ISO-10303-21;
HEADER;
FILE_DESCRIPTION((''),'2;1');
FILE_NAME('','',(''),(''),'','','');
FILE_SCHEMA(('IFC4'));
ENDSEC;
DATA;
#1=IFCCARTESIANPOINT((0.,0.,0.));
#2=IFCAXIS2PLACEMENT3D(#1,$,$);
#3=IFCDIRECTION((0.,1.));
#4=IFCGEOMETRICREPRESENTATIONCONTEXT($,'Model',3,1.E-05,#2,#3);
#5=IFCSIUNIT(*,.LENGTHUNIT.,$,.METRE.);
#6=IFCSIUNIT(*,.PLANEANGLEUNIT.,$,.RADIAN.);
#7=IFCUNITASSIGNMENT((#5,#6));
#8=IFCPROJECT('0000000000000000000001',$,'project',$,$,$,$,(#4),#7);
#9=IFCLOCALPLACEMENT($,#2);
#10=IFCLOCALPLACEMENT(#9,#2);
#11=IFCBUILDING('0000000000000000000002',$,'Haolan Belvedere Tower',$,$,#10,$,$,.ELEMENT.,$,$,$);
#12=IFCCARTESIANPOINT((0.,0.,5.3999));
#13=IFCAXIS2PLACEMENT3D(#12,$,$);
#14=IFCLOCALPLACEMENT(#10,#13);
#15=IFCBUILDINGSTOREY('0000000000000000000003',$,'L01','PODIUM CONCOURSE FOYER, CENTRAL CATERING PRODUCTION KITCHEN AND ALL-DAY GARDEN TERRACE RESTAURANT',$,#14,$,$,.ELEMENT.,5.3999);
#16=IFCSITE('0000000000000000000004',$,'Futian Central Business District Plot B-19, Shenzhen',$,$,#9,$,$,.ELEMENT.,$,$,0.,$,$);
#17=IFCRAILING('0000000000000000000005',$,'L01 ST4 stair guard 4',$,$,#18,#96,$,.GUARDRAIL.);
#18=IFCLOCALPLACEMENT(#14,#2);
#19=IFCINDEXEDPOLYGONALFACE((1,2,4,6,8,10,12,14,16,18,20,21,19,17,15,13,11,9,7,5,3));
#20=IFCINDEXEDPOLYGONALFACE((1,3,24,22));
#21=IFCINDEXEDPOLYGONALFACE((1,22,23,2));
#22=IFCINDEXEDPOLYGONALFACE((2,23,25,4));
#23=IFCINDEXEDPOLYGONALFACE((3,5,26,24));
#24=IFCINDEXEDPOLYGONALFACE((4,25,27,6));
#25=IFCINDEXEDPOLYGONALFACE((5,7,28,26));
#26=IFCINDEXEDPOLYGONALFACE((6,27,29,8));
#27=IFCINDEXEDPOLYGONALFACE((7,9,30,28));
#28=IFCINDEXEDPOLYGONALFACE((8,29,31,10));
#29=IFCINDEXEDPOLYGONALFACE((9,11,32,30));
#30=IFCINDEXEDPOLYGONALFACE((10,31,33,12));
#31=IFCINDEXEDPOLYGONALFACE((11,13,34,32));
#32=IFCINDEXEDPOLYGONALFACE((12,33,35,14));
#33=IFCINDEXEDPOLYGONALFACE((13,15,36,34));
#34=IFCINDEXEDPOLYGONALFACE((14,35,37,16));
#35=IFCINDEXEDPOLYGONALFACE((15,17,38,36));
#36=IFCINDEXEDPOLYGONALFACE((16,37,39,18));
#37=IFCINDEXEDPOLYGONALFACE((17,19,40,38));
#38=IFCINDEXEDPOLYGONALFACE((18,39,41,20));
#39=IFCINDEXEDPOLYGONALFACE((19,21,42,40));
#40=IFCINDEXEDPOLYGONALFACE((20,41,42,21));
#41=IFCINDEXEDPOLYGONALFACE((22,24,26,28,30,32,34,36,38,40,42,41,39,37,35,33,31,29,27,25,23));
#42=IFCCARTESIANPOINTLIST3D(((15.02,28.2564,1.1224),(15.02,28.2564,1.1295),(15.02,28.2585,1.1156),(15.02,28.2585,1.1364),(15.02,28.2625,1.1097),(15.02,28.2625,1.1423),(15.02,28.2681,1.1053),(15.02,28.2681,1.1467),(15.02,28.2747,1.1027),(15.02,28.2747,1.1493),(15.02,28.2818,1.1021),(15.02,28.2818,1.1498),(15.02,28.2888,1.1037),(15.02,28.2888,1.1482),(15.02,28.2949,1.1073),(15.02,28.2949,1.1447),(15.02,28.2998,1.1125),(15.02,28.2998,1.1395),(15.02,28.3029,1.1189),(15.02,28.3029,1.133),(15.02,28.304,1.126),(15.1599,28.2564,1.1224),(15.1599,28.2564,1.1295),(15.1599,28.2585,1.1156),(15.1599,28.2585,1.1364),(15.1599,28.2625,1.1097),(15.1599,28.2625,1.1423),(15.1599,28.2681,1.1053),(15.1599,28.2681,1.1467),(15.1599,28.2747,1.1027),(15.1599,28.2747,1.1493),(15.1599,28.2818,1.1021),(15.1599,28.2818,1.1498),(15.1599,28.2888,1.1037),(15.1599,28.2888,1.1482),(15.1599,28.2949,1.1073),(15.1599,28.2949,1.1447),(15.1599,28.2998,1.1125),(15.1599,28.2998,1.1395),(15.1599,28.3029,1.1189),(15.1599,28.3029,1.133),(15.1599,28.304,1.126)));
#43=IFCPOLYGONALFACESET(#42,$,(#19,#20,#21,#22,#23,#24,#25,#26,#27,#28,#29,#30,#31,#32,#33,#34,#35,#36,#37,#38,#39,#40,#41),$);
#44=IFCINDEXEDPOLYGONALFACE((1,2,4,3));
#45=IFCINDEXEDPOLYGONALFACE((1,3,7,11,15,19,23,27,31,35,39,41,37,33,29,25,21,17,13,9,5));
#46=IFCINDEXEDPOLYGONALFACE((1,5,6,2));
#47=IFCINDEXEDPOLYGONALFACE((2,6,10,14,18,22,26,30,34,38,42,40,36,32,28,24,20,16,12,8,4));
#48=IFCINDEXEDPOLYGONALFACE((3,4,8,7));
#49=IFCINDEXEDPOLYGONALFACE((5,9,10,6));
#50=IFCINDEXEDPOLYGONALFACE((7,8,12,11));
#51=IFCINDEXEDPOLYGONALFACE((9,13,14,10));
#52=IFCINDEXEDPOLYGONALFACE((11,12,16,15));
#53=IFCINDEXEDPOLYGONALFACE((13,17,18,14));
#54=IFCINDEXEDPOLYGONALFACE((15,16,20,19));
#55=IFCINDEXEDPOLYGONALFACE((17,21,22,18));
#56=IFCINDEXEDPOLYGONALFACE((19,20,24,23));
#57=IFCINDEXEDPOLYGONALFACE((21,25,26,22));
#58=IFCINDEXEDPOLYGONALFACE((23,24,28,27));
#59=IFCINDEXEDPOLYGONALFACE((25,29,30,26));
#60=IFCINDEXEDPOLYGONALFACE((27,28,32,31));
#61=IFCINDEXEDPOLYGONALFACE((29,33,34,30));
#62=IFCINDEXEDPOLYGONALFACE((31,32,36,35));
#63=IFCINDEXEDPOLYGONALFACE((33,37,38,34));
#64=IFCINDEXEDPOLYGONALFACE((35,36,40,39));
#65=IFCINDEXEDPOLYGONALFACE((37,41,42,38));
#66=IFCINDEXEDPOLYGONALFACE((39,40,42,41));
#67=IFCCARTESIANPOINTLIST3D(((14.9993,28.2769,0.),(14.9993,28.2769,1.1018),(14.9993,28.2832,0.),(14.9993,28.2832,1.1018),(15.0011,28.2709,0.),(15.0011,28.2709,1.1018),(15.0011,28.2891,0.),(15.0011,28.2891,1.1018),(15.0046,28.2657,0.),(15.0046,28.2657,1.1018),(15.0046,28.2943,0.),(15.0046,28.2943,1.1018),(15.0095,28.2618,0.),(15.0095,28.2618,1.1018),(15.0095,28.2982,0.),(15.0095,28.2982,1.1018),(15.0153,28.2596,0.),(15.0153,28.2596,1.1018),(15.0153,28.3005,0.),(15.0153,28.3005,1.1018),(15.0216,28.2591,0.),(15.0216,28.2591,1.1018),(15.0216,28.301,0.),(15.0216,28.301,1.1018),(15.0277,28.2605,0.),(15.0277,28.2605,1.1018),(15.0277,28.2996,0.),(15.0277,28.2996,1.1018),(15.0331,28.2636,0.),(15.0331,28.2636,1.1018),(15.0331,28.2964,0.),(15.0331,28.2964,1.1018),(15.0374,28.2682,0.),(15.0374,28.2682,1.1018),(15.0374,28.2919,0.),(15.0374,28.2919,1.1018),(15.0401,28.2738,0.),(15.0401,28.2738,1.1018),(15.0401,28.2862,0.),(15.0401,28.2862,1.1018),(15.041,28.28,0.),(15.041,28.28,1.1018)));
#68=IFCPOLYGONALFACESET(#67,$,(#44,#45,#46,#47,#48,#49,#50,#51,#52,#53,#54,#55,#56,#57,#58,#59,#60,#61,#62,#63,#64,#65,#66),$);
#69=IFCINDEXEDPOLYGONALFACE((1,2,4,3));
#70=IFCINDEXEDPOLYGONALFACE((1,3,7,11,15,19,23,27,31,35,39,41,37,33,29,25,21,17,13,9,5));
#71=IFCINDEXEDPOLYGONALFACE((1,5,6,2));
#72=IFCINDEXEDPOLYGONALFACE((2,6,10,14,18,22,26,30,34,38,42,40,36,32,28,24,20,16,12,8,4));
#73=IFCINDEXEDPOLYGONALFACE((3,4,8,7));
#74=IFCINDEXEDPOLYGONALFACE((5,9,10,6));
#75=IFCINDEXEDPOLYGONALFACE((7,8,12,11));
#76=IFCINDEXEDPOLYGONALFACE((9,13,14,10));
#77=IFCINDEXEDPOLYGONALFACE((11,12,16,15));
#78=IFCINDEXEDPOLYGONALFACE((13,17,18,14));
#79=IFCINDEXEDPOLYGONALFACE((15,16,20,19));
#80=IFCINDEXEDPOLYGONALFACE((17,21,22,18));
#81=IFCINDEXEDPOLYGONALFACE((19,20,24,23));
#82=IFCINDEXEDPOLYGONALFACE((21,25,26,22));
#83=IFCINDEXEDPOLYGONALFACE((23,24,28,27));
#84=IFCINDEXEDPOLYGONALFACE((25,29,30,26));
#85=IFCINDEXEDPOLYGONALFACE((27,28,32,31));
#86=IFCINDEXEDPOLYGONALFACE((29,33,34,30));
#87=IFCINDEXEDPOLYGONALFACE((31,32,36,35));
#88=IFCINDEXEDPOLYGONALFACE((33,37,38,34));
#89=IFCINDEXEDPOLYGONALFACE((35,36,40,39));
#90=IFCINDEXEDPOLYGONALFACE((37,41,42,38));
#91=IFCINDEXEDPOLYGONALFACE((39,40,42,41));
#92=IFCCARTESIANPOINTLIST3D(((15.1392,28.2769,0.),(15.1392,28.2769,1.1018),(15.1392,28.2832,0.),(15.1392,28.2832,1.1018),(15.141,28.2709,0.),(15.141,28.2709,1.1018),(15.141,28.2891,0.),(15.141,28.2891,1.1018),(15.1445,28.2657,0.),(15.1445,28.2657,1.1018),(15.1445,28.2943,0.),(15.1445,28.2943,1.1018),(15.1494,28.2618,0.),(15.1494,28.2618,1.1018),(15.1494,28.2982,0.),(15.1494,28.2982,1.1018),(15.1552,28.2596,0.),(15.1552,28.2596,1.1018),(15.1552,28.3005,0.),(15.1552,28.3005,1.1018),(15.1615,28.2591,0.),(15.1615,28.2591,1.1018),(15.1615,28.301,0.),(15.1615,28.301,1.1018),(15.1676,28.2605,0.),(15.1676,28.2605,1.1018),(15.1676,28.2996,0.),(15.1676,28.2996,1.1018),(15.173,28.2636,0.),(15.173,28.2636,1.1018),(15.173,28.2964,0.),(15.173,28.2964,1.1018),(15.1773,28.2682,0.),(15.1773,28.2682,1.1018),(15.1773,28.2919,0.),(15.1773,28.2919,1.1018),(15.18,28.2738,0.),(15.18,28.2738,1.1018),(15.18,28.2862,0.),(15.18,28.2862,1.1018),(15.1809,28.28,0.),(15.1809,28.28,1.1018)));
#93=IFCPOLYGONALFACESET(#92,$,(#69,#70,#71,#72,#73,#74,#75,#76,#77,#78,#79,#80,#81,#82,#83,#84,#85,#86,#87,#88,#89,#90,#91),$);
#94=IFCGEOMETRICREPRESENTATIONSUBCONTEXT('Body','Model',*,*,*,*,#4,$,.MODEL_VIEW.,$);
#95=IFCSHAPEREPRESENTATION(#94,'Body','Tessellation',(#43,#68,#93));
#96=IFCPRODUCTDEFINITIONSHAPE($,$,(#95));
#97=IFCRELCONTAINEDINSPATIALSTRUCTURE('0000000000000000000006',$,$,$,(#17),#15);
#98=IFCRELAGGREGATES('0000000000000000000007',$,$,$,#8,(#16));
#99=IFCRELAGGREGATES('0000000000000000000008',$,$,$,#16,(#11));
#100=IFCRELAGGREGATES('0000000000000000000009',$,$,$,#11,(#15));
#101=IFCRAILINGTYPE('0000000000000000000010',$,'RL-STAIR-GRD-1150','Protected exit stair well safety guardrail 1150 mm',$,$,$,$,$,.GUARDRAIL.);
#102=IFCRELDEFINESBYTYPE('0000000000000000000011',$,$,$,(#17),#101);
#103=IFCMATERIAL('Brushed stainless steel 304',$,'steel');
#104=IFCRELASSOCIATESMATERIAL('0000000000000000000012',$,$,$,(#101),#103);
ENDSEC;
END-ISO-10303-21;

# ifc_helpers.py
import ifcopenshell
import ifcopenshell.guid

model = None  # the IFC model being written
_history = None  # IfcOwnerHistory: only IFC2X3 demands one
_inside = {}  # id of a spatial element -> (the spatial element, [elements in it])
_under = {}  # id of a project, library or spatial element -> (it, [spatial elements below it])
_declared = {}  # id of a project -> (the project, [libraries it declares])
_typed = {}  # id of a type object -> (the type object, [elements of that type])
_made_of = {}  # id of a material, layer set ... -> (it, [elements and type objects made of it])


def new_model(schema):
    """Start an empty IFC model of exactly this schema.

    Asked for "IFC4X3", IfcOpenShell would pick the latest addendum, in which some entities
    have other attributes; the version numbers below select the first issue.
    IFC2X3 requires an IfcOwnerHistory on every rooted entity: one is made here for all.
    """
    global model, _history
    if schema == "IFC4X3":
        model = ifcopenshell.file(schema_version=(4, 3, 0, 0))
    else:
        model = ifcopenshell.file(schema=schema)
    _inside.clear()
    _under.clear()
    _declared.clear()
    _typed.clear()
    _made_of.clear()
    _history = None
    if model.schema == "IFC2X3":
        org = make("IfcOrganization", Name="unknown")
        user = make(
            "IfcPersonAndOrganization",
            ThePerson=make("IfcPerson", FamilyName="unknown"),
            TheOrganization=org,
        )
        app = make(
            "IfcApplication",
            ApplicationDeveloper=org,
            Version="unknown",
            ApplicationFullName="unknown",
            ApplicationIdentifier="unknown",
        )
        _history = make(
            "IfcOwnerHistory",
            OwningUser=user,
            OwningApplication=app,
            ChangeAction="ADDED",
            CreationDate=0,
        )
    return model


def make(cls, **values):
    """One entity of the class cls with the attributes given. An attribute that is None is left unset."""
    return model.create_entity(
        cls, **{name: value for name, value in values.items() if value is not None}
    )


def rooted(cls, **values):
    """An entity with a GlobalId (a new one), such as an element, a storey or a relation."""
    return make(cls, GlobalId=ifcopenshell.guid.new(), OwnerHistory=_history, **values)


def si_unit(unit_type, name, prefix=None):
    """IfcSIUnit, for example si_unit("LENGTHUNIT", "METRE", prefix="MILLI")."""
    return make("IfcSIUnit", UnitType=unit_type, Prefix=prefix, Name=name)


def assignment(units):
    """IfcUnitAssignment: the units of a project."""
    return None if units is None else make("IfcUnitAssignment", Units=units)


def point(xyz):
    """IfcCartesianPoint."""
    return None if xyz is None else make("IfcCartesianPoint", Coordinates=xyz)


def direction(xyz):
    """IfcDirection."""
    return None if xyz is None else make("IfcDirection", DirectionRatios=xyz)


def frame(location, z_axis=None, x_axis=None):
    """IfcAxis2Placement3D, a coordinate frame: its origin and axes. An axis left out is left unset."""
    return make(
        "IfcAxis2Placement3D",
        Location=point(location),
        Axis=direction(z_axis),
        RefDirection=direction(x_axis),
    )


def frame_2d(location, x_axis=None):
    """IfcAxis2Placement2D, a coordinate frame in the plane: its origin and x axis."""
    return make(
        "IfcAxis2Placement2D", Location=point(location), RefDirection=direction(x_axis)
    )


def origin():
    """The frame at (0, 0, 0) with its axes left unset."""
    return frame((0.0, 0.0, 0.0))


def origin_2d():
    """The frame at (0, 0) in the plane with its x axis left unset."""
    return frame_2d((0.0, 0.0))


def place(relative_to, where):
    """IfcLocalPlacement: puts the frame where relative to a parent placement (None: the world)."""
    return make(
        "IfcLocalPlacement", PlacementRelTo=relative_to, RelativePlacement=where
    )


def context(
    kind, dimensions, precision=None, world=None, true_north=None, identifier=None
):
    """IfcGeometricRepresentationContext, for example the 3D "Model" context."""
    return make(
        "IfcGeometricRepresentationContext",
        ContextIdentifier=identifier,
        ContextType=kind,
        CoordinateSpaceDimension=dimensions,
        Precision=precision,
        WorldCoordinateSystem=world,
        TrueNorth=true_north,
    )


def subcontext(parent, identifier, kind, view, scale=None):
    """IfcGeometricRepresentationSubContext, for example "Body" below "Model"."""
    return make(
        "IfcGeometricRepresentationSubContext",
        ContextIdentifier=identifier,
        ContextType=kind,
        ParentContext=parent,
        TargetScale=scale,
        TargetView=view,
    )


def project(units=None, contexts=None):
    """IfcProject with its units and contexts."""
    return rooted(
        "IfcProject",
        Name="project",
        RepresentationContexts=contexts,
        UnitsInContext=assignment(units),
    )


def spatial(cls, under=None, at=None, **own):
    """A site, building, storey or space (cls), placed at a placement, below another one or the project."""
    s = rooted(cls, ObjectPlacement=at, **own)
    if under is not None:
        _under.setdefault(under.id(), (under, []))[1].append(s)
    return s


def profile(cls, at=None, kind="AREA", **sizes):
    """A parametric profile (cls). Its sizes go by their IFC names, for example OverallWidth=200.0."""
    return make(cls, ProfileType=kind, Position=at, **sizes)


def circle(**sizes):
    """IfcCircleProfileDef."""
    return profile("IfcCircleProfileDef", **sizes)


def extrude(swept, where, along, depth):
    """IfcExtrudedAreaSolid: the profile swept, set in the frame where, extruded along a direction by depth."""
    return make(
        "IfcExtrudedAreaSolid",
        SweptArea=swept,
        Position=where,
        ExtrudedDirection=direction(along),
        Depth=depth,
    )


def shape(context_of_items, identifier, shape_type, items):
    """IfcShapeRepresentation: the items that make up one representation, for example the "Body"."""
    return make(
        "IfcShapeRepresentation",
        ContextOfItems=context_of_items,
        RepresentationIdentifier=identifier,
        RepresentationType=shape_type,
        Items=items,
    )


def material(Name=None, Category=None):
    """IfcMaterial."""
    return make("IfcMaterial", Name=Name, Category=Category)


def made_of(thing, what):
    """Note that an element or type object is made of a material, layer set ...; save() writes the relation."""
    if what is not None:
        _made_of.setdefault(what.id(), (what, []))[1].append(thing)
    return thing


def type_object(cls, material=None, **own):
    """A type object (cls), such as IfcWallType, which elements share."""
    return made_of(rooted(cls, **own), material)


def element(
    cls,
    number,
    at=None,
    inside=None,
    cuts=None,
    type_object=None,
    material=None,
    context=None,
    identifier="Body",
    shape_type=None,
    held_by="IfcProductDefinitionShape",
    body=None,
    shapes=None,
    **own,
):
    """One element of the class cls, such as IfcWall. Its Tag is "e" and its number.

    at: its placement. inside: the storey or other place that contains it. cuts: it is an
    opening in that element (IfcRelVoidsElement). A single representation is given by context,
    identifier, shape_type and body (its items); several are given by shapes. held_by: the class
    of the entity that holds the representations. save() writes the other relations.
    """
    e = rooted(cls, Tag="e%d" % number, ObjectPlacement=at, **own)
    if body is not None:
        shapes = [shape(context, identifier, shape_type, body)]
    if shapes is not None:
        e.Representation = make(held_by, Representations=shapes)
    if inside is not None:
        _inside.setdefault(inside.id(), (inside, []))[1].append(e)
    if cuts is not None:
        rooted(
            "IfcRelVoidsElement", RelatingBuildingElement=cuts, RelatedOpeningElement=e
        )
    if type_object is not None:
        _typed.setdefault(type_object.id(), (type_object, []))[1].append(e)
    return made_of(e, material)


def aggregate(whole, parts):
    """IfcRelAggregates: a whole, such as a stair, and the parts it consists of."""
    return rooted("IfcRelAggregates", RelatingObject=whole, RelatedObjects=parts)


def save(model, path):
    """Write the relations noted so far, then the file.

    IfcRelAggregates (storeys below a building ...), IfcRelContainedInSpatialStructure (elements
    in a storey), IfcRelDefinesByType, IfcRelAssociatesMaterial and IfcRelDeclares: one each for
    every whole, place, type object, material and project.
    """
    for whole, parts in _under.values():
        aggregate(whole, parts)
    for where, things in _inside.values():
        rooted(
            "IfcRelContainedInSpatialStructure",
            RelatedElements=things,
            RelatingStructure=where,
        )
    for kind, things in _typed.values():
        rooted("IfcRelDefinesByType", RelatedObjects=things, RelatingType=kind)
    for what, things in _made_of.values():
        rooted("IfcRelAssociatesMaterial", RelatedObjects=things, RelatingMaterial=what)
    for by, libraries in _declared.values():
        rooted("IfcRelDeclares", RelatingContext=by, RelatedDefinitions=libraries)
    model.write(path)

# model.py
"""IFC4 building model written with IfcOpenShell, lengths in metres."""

from ifc_helpers import new_model, si_unit, direction, frame, origin, origin_2d, place, context, subcontext, project, spatial, circle, extrude, material, type_object, element, save


model = new_model("IFC4")

# Units and contexts
model_context = context("Model", 3, precision=1e-05, world=origin(), true_north=direction((0.0, 1.0)))
body_context = subcontext(model_context, "Body", "Model", "MODEL_VIEW")
ifc_project = project(units=[si_unit("LENGTHUNIT", "METRE"), si_unit("PLANEANGLEUNIT", "RADIAN")], contexts=[model_context])

# Site, building, storey
site_placement = place(None, origin())
site = spatial("IfcSite", under=ifc_project, at=site_placement, Name="Futian Central Business District Plot B-19, Shenzhen", CompositionType="ELEMENT", RefElevation=0.0)
building_placement = place(site_placement, origin())
building = spatial("IfcBuilding", under=site, at=building_placement, Name="Haolan Belvedere Tower", CompositionType="ELEMENT")
storey_placement = place(building_placement, frame((0.0, 0.0, 5.3999)))
storey = spatial("IfcBuildingStorey", under=building, at=storey_placement, Name="L01", Description="PODIUM CONCOURSE FOYER, CENTRAL CATERING PRODUCTION KITCHEN AND ALL-DAY GARDEN TERRACE RESTAURANT", CompositionType="ELEMENT", Elevation=5.3999)

# Railing
ifc_material_1 = material(Name="Brushed stainless steel 304", Category="steel")
railing_type_1 = type_object("IfcRailingType", Name="RL-STAIR-GRD-1150", Description="Protected exit stair well safety guardrail 1150 mm", PredefinedType="GUARDRAIL", material=ifc_material_1)
railing_1_placement = place(storey_placement, frame((15.02, 28.28, 0.0)))
element("IfcRailing", 1, at=railing_1_placement, inside=storey, type_object=railing_type_1, Name="L01 ST4 stair guard 4", PredefinedType="GUARDRAIL", context=body_context, shape_type="SweptSolid", body=[
    extrude(circle(Radius=0.0239, at=origin_2d()), frame((0.0, 0.0, 1.126), z_axis=(1.0, 0.0, 0.0), x_axis=(0.0, 1.0, 0.0)), (0.0, 0.0, 1.0), 0.1399),
    extrude(circle(Radius=0.021, at=origin_2d()), origin(), (0.0, 0.0, 1.0), 1.1018),
    extrude(circle(Radius=0.021, at=origin_2d()), frame((0.1399, 0.0, 0.0)), (0.0, 0.0, 1.0), 1.1018),
])

save(model, "model.ifc")
